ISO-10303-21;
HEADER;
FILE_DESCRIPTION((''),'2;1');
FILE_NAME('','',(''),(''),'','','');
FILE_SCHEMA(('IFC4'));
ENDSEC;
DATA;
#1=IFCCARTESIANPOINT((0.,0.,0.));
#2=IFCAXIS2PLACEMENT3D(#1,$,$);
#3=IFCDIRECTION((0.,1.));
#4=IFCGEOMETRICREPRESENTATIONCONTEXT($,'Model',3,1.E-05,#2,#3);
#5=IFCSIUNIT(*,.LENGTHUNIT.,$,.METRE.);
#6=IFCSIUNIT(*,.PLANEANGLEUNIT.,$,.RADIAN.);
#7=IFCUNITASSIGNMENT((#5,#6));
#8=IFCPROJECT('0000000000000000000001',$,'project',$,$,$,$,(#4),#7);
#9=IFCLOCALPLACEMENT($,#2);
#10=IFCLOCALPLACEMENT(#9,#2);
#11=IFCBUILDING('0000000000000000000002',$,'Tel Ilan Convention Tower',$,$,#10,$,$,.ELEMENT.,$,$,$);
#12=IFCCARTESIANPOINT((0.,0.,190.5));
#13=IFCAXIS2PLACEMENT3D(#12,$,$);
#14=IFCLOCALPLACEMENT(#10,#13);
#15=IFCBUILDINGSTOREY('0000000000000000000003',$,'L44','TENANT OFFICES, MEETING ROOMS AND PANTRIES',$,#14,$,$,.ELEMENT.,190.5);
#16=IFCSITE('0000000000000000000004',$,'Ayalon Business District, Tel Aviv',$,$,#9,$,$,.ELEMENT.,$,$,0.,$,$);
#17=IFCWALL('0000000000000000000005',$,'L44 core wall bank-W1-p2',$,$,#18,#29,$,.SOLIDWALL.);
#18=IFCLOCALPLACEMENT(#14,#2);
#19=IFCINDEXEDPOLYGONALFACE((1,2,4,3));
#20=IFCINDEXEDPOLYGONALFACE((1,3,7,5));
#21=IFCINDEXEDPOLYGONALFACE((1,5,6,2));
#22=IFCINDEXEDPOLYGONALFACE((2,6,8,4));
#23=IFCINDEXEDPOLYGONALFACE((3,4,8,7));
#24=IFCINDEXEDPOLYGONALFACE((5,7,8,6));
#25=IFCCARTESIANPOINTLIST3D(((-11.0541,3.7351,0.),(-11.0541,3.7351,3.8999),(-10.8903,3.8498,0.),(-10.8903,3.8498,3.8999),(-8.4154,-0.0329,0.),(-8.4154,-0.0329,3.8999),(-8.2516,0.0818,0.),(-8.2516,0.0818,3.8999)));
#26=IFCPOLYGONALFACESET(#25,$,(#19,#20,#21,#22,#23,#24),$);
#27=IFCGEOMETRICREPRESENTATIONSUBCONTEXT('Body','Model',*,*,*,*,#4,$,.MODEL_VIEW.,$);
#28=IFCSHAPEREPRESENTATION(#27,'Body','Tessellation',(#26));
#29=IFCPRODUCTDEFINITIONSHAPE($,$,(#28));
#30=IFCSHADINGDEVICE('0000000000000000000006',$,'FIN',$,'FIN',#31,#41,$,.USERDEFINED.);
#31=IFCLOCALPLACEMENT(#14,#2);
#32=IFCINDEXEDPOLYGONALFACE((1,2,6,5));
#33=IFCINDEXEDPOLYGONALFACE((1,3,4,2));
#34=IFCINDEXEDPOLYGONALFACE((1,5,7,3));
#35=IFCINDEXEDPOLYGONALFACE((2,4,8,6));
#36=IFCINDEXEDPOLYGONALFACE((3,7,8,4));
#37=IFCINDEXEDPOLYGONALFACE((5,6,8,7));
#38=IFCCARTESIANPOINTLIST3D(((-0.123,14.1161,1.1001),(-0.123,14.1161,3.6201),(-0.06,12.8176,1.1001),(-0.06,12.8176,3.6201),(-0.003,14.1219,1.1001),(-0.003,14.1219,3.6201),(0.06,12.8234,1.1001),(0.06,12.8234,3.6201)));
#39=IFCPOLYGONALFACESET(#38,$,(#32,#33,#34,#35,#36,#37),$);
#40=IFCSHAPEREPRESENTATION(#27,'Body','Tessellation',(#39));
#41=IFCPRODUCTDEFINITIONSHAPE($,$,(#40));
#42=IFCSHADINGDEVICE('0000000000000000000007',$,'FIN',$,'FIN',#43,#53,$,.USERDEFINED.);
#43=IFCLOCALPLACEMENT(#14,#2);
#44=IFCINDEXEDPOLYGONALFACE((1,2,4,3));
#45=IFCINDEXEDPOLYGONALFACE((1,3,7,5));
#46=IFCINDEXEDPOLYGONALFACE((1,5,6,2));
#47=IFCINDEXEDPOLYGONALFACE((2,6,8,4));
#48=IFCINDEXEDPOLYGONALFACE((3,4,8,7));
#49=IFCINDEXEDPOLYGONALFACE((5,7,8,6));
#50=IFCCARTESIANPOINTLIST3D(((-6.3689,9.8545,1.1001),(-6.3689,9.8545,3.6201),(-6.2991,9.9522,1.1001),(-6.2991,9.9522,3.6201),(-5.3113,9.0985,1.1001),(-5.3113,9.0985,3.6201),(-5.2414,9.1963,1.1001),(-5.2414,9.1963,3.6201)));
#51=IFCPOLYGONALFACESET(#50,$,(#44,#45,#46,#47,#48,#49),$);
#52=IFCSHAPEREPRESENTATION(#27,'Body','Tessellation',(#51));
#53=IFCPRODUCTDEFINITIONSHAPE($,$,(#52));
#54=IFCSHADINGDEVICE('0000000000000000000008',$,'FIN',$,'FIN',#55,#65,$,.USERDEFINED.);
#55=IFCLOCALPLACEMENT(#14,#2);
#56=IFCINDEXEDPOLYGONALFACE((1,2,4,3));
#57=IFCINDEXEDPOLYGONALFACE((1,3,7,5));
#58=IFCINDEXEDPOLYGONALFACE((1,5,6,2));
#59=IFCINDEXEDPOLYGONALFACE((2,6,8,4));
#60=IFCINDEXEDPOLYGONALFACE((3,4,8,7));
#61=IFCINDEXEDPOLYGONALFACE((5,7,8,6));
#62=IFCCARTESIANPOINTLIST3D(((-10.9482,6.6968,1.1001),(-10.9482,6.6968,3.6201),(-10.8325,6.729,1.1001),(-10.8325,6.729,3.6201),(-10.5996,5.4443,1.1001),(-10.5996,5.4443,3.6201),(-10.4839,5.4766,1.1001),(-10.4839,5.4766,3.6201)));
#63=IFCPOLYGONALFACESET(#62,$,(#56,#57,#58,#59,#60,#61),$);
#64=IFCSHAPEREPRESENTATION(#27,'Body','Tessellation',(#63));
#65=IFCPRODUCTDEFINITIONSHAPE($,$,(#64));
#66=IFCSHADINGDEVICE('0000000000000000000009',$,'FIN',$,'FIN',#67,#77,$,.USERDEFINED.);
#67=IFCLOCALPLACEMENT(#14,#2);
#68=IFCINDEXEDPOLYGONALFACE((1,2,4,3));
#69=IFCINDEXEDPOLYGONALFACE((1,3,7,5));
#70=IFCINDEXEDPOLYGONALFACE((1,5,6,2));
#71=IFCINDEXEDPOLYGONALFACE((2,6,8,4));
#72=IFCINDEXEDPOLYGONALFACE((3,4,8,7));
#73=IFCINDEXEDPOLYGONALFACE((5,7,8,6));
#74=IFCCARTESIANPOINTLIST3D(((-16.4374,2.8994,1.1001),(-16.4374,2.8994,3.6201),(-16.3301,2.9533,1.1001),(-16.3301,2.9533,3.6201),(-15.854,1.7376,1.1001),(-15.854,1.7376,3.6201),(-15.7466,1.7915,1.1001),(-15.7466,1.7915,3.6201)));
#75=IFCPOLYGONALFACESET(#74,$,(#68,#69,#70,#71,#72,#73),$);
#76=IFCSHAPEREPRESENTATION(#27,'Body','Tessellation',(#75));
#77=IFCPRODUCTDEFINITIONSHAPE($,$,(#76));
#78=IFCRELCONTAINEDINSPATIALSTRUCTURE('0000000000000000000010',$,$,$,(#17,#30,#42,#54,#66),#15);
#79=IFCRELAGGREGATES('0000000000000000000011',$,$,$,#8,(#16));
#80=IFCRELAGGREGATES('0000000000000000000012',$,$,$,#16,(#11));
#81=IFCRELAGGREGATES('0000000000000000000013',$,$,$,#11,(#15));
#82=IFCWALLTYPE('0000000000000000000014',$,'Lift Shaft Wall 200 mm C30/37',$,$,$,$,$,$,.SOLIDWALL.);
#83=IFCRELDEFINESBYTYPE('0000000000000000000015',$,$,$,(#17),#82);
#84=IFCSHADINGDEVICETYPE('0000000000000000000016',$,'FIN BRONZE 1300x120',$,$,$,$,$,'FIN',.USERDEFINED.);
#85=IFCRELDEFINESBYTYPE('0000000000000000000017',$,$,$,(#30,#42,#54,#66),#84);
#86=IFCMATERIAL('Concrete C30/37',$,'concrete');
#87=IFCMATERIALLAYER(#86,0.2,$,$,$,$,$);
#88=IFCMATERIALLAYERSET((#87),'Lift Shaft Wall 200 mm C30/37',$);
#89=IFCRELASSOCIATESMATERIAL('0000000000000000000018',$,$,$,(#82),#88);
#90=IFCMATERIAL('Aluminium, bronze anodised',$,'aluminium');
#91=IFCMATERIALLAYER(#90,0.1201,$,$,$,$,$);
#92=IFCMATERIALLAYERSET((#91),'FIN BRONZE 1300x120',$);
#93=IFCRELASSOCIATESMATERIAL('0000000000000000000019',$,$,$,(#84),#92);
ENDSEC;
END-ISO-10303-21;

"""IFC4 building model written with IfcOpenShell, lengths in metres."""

from ifc_helpers import new_model, si_unit, direction, frame, frame_2d, origin, origin_2d, place, context, subcontext, project, spatial, rectangle, extrude, material, layer, layer_set, type_object, element, save


model = new_model("IFC4")

# Units and contexts
model_context = context("Model", 3, precision=1e-05, world=origin(), true_north=direction((0.0, 1.0)))
body_context = subcontext(model_context, "Body", "Model", "MODEL_VIEW")
ifc_project = project(units=[si_unit("LENGTHUNIT", "METRE"), si_unit("PLANEANGLEUNIT", "RADIAN")], contexts=[model_context])

# Site, building, storey
site_placement = place(None, origin())
site = spatial("IfcSite", under=ifc_project, at=site_placement, Name="Ayalon Business District, Tel Aviv", CompositionType="ELEMENT", RefElevation=0.0)
building_placement = place(site_placement, origin())
building = spatial("IfcBuilding", under=site, at=building_placement, Name="Tel Ilan Convention Tower", CompositionType="ELEMENT")
storey_placement = place(building_placement, frame((0.0, 0.0, 190.5)))
storey = spatial("IfcBuildingStorey", under=building, at=storey_placement, Name="L44", Description="TENANT OFFICES, MEETING ROOMS AND PANTRIES", CompositionType="ELEMENT", Elevation=190.5)

# Wall
ifc_material_1 = material(Name="Concrete C30/37", Category="concrete")
ifc_layer_1 = layer(ifc_material_1, 0.2)
ifc_layer_set_1 = layer_set([ifc_layer_1], Name="Lift Shaft Wall 200 mm C30/37")
wall_type_1 = type_object("IfcWallType", Name="Lift Shaft Wall 200 mm C30/37", PredefinedType="SOLIDWALL", material=ifc_layer_set_1)
wall_1_placement = place(storey_placement, frame((-8.3335, 0.0244, 0.0), z_axis=(0.0, 0.0, 1.0), x_axis=(-0.573612, 0.819127, 0.0)))
element("IfcWall", 1, at=wall_1_placement, inside=storey, type_object=wall_type_1, Name="L44 core wall bank-W1-p2", PredefinedType="SOLIDWALL", context=body_context, shape_type="SweptSolid", body=[
    extrude(rectangle(XDim=4.6001, YDim=0.2, at=frame_2d((2.3, 0.0))), origin(), (0.0, 0.0, 1.0), 3.8999),
])

# Shading devices
ifc_material_2 = material(Name="Aluminium, bronze anodised", Category="aluminium")
ifc_layer_2 = layer(ifc_material_2, 0.1201)
ifc_layer_set_2 = layer_set([ifc_layer_2], Name="FIN BRONZE 1300x120")
shading_device_type = type_object("IfcShadingDeviceType", Name="FIN BRONZE 1300x120", ElementType="FIN", PredefinedType="USERDEFINED", material=ifc_layer_set_2)
for number, where, z_axis, x_axis, name in (
    (2, (-0.0315, 13.4697, 1.1001), (0.0, 0.0, 1.0), (-0.048462, 0.998825, 0.0), "FIN"),
    (3, (-5.8052, 9.5254, 1.1001), (0.0, 0.0, 1.0), (-0.813552, 0.581492, 0.0), "FIN"),
    (4, (-10.7161, 6.0867, 1.1001), (0.0, 0.0, 1.0), (-0.268173, 0.963371, 0.0), "FIN"),
    (5, (-16.092, 2.3455, 1.1001), (0.0, 0.0, 1.0), (-0.448799, 0.893633, 0.0), "FIN"),
):
    element("IfcShadingDevice", number, at=place(storey_placement, frame(where, z_axis=z_axis, x_axis=x_axis)), inside=storey, type_object=shading_device_type, Name=name, ObjectType="FIN", PredefinedType="USERDEFINED", context=body_context, shape_type="SweptSolid", body=[
        extrude(rectangle(XDim=1.3, YDim=0.1201, at=origin_2d()), origin(), (0.0, 0.0, 1.0), 2.52),
    ])

save(model, "model.ifc")
